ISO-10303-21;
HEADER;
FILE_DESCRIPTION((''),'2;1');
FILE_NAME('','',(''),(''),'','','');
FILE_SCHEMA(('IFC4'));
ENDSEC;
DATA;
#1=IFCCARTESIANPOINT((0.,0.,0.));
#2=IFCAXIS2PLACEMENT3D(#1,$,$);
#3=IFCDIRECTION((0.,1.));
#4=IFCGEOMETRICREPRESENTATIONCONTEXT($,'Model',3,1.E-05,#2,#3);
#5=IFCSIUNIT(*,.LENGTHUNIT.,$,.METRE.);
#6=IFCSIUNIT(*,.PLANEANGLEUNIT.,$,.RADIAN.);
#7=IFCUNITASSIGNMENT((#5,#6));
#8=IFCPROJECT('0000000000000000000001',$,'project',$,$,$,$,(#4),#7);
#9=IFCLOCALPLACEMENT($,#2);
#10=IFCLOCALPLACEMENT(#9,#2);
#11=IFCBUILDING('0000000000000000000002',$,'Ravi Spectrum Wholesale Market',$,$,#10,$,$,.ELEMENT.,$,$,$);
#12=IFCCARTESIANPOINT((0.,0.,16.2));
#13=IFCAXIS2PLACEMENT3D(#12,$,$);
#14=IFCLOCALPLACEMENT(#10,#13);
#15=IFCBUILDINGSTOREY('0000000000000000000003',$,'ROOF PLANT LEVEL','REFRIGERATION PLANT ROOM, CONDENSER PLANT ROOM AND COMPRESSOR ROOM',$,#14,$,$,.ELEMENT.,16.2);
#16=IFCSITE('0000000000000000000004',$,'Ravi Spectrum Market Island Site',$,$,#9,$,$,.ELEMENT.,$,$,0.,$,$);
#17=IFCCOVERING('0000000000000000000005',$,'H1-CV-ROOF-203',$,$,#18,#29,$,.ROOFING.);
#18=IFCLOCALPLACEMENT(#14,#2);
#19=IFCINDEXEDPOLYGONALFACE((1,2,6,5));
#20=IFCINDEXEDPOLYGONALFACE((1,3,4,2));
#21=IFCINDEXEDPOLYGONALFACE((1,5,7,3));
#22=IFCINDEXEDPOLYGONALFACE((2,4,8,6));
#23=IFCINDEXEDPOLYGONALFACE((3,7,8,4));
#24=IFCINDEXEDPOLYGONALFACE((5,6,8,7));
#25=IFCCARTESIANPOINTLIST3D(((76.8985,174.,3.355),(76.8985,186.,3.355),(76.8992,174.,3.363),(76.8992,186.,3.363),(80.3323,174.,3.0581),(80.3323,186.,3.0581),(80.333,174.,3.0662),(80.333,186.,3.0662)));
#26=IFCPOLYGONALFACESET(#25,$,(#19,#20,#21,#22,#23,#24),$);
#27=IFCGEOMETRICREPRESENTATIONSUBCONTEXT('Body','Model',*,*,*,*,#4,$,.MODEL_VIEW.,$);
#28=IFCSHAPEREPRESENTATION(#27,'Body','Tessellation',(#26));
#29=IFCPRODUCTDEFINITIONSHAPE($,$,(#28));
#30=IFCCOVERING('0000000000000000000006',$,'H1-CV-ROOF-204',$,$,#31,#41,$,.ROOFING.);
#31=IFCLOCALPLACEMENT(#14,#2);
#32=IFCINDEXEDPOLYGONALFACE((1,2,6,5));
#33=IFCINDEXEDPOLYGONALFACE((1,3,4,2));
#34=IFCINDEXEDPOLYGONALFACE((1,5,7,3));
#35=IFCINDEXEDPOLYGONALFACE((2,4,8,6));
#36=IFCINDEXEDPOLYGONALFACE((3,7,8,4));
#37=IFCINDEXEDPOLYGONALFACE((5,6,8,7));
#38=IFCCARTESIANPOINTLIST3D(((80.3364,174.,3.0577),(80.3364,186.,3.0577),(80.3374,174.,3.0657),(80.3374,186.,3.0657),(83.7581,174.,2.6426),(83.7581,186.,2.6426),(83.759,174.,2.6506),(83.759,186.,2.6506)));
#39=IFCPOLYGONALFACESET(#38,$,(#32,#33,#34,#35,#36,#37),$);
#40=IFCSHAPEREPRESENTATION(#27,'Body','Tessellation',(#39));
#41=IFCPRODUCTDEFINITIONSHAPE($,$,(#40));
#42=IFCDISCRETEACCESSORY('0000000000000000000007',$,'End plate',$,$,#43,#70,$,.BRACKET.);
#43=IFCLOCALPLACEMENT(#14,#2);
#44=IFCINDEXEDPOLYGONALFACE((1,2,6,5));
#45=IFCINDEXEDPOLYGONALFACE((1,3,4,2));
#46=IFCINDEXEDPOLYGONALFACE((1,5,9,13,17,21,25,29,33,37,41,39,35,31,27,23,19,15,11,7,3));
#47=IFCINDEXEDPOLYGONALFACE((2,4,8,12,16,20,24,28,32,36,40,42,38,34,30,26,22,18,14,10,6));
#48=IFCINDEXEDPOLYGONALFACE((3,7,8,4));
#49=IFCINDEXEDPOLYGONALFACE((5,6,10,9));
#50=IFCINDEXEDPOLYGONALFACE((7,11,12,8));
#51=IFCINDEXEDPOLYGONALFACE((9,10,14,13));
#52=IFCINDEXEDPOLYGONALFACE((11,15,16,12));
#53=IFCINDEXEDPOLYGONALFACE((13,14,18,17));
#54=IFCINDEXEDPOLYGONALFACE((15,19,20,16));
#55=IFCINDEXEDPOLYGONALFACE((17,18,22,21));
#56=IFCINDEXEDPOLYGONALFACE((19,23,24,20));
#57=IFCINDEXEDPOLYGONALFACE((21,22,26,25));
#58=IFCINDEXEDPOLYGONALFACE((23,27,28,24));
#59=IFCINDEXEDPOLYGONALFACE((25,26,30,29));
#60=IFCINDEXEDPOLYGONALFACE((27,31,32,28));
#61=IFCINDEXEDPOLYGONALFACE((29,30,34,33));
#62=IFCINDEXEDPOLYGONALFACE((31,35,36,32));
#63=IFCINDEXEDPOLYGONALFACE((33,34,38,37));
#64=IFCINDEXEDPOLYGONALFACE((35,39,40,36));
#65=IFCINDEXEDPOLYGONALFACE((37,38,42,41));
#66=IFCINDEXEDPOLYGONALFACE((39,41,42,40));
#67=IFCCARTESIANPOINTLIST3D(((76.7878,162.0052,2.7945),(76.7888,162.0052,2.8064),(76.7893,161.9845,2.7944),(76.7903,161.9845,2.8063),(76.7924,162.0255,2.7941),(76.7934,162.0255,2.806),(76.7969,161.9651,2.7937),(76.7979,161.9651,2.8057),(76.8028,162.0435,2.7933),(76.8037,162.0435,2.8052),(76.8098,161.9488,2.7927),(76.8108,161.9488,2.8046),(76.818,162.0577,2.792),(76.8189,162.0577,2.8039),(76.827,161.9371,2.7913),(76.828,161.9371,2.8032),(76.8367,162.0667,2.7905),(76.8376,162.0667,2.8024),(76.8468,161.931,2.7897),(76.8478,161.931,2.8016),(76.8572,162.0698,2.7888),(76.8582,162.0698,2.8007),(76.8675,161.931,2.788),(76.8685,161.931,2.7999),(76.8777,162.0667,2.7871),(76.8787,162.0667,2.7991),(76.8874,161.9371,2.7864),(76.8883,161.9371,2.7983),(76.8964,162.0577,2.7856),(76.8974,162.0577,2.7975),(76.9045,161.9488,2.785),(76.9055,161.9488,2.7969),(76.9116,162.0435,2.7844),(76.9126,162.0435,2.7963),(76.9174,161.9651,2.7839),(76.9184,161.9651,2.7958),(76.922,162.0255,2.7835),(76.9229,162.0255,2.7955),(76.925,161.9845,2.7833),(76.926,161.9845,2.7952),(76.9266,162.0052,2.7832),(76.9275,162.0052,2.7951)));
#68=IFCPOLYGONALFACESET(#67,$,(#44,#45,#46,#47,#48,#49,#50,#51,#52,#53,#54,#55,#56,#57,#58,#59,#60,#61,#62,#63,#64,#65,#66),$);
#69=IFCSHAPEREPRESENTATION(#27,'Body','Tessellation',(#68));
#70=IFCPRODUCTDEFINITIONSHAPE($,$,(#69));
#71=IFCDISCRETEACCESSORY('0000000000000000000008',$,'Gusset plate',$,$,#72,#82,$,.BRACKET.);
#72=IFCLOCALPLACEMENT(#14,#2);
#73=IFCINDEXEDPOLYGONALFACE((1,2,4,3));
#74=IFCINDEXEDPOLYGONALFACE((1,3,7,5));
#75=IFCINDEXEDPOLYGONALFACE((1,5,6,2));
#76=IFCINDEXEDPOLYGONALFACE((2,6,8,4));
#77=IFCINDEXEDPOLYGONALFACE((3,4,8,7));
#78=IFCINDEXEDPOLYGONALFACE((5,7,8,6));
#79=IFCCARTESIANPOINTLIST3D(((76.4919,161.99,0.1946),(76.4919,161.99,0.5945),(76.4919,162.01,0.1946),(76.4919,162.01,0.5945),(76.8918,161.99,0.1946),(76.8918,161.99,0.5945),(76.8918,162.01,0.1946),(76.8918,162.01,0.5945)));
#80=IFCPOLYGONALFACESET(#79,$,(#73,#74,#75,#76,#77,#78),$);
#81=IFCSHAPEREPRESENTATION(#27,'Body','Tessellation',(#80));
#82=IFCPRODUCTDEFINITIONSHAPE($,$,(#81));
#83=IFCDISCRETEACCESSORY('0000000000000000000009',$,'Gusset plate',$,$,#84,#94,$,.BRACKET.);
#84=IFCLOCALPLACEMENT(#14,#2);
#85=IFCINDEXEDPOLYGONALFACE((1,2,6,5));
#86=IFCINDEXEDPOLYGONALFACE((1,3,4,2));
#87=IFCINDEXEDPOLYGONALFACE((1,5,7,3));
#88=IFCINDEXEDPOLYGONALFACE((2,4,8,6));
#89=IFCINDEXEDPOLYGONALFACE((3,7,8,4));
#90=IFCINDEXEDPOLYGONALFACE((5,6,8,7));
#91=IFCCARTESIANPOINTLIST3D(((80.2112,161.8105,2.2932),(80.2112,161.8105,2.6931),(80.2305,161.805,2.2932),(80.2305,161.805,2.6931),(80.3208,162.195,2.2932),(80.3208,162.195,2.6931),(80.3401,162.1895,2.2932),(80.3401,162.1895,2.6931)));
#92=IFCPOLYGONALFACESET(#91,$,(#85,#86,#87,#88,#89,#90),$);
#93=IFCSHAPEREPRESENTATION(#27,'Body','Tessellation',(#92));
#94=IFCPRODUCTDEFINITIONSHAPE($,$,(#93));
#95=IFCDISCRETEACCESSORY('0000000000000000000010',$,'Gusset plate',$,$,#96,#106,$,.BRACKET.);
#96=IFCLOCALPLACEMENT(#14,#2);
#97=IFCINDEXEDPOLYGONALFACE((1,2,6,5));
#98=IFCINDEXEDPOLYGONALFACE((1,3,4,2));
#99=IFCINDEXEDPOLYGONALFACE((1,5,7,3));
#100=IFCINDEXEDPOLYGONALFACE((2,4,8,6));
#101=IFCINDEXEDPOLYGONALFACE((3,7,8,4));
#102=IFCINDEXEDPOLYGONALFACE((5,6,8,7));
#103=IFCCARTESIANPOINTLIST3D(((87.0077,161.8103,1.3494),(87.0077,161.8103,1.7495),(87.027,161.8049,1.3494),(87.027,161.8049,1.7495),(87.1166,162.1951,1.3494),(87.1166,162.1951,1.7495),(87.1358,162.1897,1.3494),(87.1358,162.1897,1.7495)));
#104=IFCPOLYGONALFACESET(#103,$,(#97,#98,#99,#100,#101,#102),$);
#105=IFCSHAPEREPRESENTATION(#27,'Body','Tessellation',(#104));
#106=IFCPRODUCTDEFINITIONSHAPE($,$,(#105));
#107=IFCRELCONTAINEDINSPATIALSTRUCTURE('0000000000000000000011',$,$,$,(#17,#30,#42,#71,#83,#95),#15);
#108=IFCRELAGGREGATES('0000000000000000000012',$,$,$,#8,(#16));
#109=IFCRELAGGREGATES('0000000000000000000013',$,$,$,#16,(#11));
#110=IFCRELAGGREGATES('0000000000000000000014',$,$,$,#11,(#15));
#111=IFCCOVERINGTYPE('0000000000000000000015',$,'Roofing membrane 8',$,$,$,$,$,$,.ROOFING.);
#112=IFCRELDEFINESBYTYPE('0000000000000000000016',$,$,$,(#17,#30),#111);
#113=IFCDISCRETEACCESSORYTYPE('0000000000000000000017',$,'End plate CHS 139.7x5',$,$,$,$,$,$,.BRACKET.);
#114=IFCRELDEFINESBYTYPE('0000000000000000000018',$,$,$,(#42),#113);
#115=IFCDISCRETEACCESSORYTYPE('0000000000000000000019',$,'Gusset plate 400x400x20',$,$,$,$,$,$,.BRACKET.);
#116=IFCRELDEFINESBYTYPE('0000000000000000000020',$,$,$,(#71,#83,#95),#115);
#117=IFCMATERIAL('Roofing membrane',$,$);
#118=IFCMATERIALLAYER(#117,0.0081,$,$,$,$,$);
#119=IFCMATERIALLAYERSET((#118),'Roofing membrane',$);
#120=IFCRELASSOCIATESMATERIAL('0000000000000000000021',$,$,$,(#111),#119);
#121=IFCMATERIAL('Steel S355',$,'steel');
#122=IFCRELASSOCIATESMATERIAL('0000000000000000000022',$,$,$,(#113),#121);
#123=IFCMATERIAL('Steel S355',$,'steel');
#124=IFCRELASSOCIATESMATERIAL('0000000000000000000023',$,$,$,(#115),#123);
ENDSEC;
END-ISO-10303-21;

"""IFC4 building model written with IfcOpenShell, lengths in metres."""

from ifc_helpers import new_model, si_unit, direction, frame, origin, origin_2d, place, context, subcontext, project, spatial, polyline, rectangle, circle, outline, extrude, material, layer, layer_set, material_profile, profile_set, type_object, element, save


model = new_model("IFC4")

# Units and contexts
model_context = context("Model", 3, precision=1e-05, world=origin(), true_north=direction((0.0, 1.0)))
body_context = subcontext(model_context, "Body", "Model", "MODEL_VIEW")
ifc_project = project(units=[si_unit("LENGTHUNIT", "METRE"), si_unit("PLANEANGLEUNIT", "RADIAN")], contexts=[model_context])

# Site, building, storey
site_placement = place(None, origin())
site = spatial("IfcSite", under=ifc_project, at=site_placement, Name="Ravi Spectrum Market Island Site", CompositionType="ELEMENT", RefElevation=0.0)
building_placement = place(site_placement, origin())
building = spatial("IfcBuilding", under=site, at=building_placement, Name="Ravi Spectrum Wholesale Market", CompositionType="ELEMENT")
storey_placement = place(building_placement, frame((0.0, 0.0, 16.2)))
storey = spatial("IfcBuildingStorey", under=building, at=storey_placement, Name="ROOF PLANT LEVEL", Description="REFRIGERATION PLANT ROOM, CONDENSER PLANT ROOM AND COMPRESSOR ROOM", CompositionType="ELEMENT", Elevation=16.2)

# Coverings
ifc_material_1 = material(Name="Roofing membrane")
ifc_layer_1 = layer(ifc_material_1, 0.0081)
ifc_layer_set_1 = layer_set([ifc_layer_1], Name="Roofing membrane")
covering_type = type_object("IfcCoveringType", Name="Roofing membrane 8", PredefinedType="ROOFING", material=ifc_layer_set_1)
covering_1_placement = place(storey_placement, frame((76.8992, 174.0, 3.363), z_axis=(0.086134, 0.0, 0.996284), x_axis=(0.996284, 0.0, -0.086134)))
element("IfcCovering", 1, at=covering_1_placement, inside=storey, type_object=covering_type, Name="H1-CV-ROOF-203", PredefinedType="ROOFING", context=body_context, shape_type="SweptSolid", body=[
    extrude(outline(polyline([(0.0, 0.0), (3.4466, 0.0), (3.4466, 12.0), (0.0, 12.0), (0.0, 0.0)])), origin(), (0.0, 0.0, -1.0), 0.0081),
])
covering_2_placement = place(storey_placement, frame((80.3374, 174.0, 3.0657), z_axis=(0.120416, 0.0, 0.992724), x_axis=(0.992724, 0.0, -0.120416)))
element("IfcCovering", 2, at=covering_2_placement, inside=storey, type_object=covering_type, Name="H1-CV-ROOF-204", PredefinedType="ROOFING", context=body_context, shape_type="SweptSolid", body=[
    extrude(outline(polyline([(0.0, 0.0), (3.4467, 0.0), (3.4467, 12.0), (0.0, 12.0), (0.0, 0.0)])), origin(), (0.0, 0.0, -1.0), 0.0081),
])

# Discrete accessories
ifc_material_2 = material(Name="Steel S355", Category="steel")
ifc_material_profile_1 = material_profile(ifc_material_2, circle(Radius=0.0698, at=origin_2d()))
ifc_profile_set_1 = profile_set([ifc_material_profile_1], Name="Steel S355")
discrete_accessory_type_1 = type_object("IfcDiscreteAccessoryType", Name="End plate CHS 139.7x5", PredefinedType="BRACKET", material=ifc_profile_set_1)
discrete_accessory_1_placement = place(storey_placement, frame((76.8572, 162.0, 2.7888), z_axis=(0.081362, 0.0, 0.996685), x_axis=(0.0, 1.0, 0.0)))
element("IfcDiscreteAccessory", 3, at=discrete_accessory_1_placement, inside=storey, type_object=discrete_accessory_type_1, Name="End plate", PredefinedType="BRACKET", context=body_context, shape_type="SweptSolid", body=[
    extrude(circle(Radius=0.0698, at=origin_2d()), origin(), (0.0, 0.0, 1.0), 0.012),
])
ifc_material_3 = material(Name="Steel S355", Category="steel")
ifc_material_profile_2 = material_profile(ifc_material_3, rectangle(XDim=0.3999, YDim=0.02, at=origin_2d()))
ifc_profile_set_2 = profile_set([ifc_material_profile_2], Name="Steel S355")
discrete_accessory_type_2 = type_object("IfcDiscreteAccessoryType", Name="Gusset plate 400x400x20", PredefinedType="BRACKET", material=ifc_profile_set_2)
for number, where, z_axis, x_axis, name in (
    (4, (76.6919, 162.0, 0.1946), (0.0, 0.0, 1.0), (-1.0, 0.0, 0.0), "Gusset plate"),
    (5, (80.2756, 162.0, 2.2932), (0.0, 0.0, 1.0), (0.2741, 0.961701, 0.0), "Gusset plate"),
):
    element("IfcDiscreteAccessory", number, at=place(storey_placement, frame(where, z_axis=z_axis, x_axis=x_axis)), inside=storey, type_object=discrete_accessory_type_2, Name=name, PredefinedType="BRACKET", context=body_context, shape_type="SweptSolid", body=[
        extrude(rectangle(XDim=0.3999, YDim=0.02, at=origin_2d()), origin(), (0.0, 0.0, 1.0), 0.3999),
    ])
discrete_accessory_2_placement = place(storey_placement, frame((87.0718, 162.0, 1.3494), z_axis=(0.0, 0.0, 1.0), x_axis=(0.272114, 0.962265, 0.0)))
element("IfcDiscreteAccessory", 6, at=discrete_accessory_2_placement, inside=storey, type_object=discrete_accessory_type_2, Name="Gusset plate", PredefinedType="BRACKET", context=body_context, shape_type="SweptSolid", body=[
    extrude(rectangle(XDim=0.3999, YDim=0.02, at=origin_2d()), origin(), (0.0, 0.0, 1.0), 0.4001),
])

save(model, "model.ifc")
